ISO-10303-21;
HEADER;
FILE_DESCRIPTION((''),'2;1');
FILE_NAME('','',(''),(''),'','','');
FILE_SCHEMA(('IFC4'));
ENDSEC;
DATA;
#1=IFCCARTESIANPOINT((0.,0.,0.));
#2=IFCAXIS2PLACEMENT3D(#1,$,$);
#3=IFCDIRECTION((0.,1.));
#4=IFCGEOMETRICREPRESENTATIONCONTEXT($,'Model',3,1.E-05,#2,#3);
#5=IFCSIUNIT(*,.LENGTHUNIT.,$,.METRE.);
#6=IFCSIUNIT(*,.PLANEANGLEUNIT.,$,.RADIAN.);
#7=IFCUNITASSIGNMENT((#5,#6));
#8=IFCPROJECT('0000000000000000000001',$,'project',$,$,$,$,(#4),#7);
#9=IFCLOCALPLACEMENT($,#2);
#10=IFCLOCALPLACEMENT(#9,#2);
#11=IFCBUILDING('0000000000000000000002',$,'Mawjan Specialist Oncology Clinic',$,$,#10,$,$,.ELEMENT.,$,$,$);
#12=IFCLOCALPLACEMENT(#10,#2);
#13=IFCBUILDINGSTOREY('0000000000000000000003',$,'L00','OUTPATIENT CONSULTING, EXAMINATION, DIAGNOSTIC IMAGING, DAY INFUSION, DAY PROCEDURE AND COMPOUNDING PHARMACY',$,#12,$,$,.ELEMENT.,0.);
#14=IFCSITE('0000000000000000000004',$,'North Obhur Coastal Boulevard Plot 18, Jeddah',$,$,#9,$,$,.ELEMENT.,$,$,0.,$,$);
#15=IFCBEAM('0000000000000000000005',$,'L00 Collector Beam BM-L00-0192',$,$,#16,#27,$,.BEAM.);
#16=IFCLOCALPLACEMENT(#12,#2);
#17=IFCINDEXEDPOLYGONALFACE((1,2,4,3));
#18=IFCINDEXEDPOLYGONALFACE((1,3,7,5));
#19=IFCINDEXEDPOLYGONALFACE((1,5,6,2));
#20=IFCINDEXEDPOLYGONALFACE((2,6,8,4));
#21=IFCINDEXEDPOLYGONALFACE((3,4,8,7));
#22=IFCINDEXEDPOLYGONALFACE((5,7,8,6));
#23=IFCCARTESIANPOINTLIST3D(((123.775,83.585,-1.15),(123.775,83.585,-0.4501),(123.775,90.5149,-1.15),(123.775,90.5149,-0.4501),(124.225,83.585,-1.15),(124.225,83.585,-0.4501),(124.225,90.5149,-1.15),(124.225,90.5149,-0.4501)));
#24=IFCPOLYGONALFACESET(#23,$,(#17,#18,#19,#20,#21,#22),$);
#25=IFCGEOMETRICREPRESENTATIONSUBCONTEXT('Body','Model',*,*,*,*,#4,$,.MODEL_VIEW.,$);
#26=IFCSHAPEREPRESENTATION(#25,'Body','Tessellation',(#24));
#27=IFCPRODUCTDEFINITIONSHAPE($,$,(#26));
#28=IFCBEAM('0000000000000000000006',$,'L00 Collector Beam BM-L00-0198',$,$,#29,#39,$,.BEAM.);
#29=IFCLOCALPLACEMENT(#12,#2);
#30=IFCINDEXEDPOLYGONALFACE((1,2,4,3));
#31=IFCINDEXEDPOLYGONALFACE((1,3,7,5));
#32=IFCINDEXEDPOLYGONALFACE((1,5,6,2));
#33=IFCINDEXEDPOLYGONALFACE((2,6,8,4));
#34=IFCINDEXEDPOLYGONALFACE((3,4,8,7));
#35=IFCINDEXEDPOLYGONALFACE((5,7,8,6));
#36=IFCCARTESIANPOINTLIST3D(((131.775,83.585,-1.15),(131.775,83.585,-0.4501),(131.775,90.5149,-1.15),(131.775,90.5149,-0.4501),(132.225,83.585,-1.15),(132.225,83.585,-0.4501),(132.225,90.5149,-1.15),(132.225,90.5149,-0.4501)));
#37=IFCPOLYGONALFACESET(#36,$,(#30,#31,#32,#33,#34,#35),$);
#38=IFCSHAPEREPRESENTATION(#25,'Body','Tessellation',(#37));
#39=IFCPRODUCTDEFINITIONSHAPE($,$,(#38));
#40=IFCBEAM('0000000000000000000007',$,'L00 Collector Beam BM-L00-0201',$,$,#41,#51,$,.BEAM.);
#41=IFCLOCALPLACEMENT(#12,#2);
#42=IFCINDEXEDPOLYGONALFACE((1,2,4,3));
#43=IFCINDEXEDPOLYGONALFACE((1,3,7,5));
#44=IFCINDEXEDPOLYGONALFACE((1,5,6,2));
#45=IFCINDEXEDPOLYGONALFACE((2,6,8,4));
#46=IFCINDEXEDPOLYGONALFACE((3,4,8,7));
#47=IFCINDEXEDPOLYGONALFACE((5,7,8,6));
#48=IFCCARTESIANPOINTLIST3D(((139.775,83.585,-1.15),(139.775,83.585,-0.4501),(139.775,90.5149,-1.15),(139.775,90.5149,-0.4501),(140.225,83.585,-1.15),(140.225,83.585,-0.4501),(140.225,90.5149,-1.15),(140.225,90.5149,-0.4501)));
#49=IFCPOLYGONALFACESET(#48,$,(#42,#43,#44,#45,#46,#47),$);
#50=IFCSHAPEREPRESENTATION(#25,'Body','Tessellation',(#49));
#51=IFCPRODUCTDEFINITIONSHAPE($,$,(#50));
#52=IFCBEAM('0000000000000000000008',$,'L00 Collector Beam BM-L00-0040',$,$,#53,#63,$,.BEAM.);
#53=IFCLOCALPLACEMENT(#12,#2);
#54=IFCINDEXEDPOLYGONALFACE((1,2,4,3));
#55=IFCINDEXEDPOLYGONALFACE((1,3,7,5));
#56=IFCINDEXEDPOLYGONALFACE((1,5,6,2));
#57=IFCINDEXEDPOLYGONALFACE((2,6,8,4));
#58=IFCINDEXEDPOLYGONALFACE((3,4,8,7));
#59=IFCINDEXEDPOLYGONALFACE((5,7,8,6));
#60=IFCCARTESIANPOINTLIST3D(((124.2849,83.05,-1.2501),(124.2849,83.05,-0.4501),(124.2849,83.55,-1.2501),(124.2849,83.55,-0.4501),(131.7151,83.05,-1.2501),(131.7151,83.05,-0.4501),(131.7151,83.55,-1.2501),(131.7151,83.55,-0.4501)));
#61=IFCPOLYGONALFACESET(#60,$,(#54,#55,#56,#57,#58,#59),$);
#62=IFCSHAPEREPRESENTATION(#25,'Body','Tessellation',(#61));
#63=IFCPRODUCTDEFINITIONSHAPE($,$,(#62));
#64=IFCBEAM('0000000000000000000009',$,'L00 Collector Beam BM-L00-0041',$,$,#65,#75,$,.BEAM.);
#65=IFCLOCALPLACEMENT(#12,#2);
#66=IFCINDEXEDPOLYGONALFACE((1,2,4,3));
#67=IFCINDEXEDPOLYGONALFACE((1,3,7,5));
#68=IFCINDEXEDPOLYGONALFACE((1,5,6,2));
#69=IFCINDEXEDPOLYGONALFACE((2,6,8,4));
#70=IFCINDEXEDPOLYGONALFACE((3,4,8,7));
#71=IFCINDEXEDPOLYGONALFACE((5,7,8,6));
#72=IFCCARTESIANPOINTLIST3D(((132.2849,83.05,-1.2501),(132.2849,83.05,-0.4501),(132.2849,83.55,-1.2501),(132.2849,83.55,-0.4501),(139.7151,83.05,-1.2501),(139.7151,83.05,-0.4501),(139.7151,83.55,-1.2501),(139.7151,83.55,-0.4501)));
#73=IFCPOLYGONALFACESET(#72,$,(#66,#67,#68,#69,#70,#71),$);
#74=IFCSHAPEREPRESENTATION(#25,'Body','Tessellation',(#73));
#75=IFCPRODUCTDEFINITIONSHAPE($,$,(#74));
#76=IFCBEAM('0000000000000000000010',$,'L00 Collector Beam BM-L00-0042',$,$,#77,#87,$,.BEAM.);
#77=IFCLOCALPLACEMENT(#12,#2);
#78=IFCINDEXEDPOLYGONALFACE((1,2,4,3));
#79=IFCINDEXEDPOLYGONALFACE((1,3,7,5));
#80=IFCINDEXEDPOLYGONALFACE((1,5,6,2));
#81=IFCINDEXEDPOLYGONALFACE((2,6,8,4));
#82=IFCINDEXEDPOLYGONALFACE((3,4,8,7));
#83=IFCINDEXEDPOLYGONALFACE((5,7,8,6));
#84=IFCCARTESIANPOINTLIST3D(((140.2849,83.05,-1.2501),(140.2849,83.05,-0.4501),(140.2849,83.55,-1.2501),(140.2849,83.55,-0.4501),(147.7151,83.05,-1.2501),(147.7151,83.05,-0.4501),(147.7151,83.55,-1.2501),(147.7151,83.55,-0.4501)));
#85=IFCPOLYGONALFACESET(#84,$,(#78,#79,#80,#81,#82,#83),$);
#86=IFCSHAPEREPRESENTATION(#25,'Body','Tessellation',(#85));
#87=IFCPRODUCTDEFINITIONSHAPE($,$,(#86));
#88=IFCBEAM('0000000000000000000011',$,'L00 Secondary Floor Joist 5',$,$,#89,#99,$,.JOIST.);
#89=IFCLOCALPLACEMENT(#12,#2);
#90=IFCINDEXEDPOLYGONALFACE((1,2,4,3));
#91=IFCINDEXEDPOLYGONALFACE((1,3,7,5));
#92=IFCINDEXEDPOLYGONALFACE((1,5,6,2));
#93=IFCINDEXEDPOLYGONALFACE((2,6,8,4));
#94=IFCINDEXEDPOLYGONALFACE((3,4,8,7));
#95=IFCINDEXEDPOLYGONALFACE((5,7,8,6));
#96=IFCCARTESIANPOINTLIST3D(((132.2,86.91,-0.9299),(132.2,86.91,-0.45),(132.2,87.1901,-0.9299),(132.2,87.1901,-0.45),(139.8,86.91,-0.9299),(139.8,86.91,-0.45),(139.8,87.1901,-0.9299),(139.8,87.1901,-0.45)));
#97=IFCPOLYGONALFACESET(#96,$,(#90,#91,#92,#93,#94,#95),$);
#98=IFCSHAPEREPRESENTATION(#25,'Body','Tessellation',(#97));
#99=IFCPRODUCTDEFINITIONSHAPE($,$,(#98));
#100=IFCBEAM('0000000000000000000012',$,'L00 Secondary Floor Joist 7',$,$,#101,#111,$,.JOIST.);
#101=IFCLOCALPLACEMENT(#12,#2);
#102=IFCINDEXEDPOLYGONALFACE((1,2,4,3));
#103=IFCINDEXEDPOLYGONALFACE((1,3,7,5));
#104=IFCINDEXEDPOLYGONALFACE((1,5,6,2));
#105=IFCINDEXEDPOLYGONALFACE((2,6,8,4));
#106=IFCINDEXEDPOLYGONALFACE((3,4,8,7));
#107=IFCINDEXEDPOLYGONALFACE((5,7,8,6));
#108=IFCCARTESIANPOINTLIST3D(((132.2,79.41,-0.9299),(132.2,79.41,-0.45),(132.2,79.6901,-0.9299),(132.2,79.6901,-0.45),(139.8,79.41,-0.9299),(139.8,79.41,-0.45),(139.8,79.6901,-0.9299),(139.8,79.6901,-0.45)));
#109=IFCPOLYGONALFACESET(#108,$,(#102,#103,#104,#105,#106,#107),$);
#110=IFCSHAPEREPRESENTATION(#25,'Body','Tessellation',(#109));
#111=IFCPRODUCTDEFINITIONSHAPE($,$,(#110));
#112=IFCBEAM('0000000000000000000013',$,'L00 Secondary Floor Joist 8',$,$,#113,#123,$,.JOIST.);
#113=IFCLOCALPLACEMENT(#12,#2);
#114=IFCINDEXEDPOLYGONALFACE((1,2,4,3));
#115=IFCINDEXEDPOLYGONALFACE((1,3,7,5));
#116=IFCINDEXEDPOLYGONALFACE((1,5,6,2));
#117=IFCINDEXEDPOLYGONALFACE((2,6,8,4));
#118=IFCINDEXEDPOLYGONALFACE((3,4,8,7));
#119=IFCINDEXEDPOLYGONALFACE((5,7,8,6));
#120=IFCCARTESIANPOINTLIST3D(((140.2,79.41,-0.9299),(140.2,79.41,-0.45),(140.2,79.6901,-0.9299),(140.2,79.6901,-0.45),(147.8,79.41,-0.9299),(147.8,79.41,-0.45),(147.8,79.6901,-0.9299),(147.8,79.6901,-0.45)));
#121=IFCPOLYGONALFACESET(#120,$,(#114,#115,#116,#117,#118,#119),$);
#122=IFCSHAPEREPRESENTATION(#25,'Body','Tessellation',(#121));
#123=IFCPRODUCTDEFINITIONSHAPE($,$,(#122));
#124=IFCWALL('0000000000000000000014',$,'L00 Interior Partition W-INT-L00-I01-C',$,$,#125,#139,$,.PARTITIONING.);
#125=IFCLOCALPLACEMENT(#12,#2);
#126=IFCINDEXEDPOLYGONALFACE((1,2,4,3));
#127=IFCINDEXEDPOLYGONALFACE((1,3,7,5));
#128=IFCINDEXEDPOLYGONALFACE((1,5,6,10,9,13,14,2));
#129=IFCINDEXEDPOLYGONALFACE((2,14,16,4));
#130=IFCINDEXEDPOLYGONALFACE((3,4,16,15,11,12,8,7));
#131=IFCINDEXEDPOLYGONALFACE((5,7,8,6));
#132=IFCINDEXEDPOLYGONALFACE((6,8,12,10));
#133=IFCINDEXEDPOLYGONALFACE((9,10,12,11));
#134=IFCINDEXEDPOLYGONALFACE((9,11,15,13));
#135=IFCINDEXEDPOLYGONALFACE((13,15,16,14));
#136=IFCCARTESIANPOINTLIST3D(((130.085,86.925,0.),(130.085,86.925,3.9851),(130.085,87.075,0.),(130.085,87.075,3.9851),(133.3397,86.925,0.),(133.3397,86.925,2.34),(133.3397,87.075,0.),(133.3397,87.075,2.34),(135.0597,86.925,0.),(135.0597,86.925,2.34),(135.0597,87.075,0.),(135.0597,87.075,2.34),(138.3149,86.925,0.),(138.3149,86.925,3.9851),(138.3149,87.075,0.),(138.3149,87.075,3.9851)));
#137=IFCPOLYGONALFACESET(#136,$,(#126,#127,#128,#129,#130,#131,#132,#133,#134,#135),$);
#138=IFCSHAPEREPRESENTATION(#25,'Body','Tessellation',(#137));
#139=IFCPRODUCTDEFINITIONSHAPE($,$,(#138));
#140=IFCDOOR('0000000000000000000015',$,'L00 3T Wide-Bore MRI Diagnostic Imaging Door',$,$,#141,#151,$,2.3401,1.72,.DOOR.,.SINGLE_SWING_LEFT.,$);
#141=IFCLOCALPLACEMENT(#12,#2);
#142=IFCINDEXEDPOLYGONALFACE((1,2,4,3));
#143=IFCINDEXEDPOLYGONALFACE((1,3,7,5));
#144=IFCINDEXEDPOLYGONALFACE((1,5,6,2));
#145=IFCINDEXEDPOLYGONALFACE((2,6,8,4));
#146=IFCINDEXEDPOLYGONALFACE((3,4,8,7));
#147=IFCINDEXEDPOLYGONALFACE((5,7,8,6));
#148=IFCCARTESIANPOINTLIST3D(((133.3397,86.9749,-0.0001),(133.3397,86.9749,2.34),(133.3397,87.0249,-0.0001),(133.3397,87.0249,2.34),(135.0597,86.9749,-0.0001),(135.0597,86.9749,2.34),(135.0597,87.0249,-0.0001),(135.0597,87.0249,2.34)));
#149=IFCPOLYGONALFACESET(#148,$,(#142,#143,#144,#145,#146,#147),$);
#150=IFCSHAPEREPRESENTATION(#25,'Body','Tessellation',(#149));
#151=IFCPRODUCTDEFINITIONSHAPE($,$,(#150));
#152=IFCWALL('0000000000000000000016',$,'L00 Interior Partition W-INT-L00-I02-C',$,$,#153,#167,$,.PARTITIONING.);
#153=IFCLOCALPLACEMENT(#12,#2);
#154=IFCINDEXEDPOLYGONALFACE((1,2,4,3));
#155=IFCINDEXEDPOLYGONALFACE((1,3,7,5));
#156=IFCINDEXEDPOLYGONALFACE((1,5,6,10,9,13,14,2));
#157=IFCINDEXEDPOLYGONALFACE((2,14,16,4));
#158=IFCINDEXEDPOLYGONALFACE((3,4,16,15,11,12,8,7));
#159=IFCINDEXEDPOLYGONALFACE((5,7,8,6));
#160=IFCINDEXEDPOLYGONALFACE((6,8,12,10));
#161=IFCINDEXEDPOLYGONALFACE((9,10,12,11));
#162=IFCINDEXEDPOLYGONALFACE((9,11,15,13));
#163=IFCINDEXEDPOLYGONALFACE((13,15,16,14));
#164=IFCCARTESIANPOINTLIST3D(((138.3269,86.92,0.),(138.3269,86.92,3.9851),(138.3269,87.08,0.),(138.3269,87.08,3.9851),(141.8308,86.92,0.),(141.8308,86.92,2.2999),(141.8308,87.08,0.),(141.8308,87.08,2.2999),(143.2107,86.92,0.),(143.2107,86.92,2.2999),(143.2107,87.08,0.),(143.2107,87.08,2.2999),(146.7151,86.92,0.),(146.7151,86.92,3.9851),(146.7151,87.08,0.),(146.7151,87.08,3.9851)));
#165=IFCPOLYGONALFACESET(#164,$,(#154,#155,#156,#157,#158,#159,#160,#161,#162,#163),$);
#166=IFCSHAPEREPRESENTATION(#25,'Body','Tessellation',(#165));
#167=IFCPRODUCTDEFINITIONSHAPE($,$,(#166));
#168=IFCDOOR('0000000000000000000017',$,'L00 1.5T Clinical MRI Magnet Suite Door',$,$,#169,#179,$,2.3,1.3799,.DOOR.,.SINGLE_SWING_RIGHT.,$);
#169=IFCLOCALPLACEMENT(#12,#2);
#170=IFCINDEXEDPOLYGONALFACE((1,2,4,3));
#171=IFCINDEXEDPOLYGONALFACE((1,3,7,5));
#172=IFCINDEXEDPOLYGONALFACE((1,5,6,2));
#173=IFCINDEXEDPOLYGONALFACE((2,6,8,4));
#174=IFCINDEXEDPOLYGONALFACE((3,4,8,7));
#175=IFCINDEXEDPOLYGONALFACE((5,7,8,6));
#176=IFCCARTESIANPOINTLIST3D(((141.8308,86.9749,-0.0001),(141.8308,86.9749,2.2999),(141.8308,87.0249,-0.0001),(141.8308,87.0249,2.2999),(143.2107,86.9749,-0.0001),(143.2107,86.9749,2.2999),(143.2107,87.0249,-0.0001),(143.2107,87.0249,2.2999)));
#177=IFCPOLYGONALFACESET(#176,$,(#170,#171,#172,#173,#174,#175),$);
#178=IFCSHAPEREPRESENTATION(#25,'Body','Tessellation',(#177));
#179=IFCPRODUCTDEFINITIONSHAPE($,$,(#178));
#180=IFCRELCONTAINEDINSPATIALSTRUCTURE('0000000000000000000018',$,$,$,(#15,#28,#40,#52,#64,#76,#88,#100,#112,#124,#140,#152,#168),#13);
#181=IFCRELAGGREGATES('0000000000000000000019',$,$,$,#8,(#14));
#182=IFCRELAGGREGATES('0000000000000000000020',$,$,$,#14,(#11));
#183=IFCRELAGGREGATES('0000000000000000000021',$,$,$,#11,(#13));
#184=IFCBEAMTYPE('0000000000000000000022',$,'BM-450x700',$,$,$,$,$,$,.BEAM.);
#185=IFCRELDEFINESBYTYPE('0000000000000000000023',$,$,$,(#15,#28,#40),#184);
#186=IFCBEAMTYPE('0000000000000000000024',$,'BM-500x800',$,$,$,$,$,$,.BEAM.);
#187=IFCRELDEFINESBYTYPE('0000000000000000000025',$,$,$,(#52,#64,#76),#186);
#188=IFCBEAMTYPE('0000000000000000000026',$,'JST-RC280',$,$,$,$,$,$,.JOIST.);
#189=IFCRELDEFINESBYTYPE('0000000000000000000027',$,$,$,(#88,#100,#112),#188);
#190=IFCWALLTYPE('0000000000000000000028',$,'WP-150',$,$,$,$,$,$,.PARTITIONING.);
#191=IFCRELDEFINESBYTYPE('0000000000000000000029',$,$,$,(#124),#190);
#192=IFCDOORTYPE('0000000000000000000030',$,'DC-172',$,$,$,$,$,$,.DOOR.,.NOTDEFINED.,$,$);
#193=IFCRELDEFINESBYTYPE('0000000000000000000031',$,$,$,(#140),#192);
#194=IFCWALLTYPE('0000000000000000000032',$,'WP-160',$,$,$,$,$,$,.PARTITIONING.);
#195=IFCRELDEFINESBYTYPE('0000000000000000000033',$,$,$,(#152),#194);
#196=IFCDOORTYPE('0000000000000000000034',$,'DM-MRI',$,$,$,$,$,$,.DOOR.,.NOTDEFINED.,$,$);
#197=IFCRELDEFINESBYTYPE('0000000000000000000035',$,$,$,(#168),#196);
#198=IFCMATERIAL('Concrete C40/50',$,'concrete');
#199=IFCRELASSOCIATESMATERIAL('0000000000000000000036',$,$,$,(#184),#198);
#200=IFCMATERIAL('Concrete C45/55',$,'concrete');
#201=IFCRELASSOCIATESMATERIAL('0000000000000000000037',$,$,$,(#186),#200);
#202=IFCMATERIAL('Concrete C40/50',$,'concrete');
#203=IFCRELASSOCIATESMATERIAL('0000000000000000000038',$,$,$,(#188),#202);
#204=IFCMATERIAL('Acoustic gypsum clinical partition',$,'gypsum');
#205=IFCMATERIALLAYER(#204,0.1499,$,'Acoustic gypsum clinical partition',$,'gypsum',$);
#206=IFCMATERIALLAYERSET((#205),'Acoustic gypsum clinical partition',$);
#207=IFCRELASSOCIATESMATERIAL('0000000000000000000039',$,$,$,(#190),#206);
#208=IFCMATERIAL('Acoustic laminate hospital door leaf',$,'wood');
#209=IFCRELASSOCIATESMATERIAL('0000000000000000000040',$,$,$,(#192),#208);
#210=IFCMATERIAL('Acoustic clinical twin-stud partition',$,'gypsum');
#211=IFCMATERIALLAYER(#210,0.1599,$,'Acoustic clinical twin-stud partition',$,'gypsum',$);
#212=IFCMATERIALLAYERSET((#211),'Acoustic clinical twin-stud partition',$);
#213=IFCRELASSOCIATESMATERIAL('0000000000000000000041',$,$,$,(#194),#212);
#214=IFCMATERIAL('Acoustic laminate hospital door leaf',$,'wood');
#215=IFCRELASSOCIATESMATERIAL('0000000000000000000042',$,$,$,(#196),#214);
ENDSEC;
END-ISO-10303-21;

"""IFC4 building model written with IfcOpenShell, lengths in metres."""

from ifc_helpers import new_model, si_unit, direction, frame, frame_2d, origin, origin_2d, place, context, subcontext, project, spatial, rectangle, extrude, material, layer, layer_set, material_profile, profile_set, type_object, element, fill, save


model = new_model("IFC4")

# Units and contexts
model_context = context("Model", 3, precision=1e-05, world=origin(), true_north=direction((0.0, 1.0)))
body_context = subcontext(model_context, "Body", "Model", "MODEL_VIEW")
ifc_project = project(units=[si_unit("LENGTHUNIT", "METRE"), si_unit("PLANEANGLEUNIT", "RADIAN")], contexts=[model_context])

# Site, building, storey
site_placement = place(None, origin())
site = spatial("IfcSite", under=ifc_project, at=site_placement, Name="North Obhur Coastal Boulevard Plot 18, Jeddah", CompositionType="ELEMENT", RefElevation=0.0)
building_placement = place(site_placement, origin())
building = spatial("IfcBuilding", under=site, at=building_placement, Name="Mawjan Specialist Oncology Clinic", CompositionType="ELEMENT")
storey_placement = place(building_placement, origin())
storey = spatial("IfcBuildingStorey", under=building, at=storey_placement, Name="L00", Description="OUTPATIENT CONSULTING, EXAMINATION, DIAGNOSTIC IMAGING, DAY INFUSION, DAY PROCEDURE AND COMPOUNDING PHARMACY", CompositionType="ELEMENT", Elevation=0.0)

# Beams
ifc_material_1 = material(Name="Concrete C40/50", Category="concrete")
ifc_material_profile_1 = material_profile(ifc_material_1, rectangle(XDim=0.45, YDim=0.7, at=origin_2d()), Name="RC BM 450x700", Category="concrete")
ifc_profile_set_1 = profile_set([ifc_material_profile_1], Name="Concrete C40/50")
beam_type_1 = type_object("IfcBeamType", Name="BM-450x700", PredefinedType="BEAM", material=ifc_profile_set_1)
for number, where, z_axis, x_axis, name in (
    (1, (124.0, 83.585, -0.8), (0.0, 1.0, 0.0), (-1.0, 0.0, 0.0), "L00 Collector Beam BM-L00-0192"),
    (2, (132.0, 83.585, -0.8), (0.0, 1.0, 0.0), (-1.0, 0.0, 0.0), "L00 Collector Beam BM-L00-0198"),
    (3, (140.0, 83.585, -0.8), (0.0, 1.0, 0.0), (-1.0, 0.0, 0.0), "L00 Collector Beam BM-L00-0201"),
):
    element("IfcBeam", number, at=place(storey_placement, frame(where, z_axis=z_axis, x_axis=x_axis)), inside=storey, type_object=beam_type_1, Name=name, PredefinedType="BEAM", context=body_context, shape_type="SweptSolid", body=[
        extrude(rectangle(XDim=0.45, YDim=0.7, at=origin_2d()), origin(), (0.0, 0.0, 1.0), 6.9299),
    ])
ifc_material_2 = material(Name="Concrete C45/55", Category="concrete")
ifc_material_profile_2 = material_profile(ifc_material_2, rectangle(XDim=0.5, YDim=0.8, at=origin_2d()), Name="RC BM 500x800", Category="concrete")
ifc_profile_set_2 = profile_set([ifc_material_profile_2], Name="Concrete C45/55")
beam_type_2 = type_object("IfcBeamType", Name="BM-500x800", PredefinedType="BEAM", material=ifc_profile_set_2)
for number, where, z_axis, x_axis, name in (
    (4, (124.2849, 83.3, -0.8501), (1.0, 0.0, 0.0), (0.0, 1.0, 0.0), "L00 Collector Beam BM-L00-0040"),
    (5, (132.2849, 83.3, -0.8501), (1.0, 0.0, 0.0), (0.0, 1.0, 0.0), "L00 Collector Beam BM-L00-0041"),
    (6, (140.2849, 83.3, -0.8501), (1.0, 0.0, 0.0), (0.0, 1.0, 0.0), "L00 Collector Beam BM-L00-0042"),
):
    element("IfcBeam", number, at=place(storey_placement, frame(where, z_axis=z_axis, x_axis=x_axis)), inside=storey, type_object=beam_type_2, Name=name, PredefinedType="BEAM", context=body_context, shape_type="SweptSolid", body=[
        extrude(rectangle(XDim=0.5, YDim=0.8, at=origin_2d()), origin(), (0.0, 0.0, 1.0), 7.4302),
    ])
ifc_material_3 = material(Name="Concrete C40/50", Category="concrete")
ifc_material_profile_3 = material_profile(ifc_material_3, rectangle(XDim=0.28, YDim=0.48, at=origin_2d()), Name="RC JOIST 280x480", Category="concrete")
ifc_profile_set_3 = profile_set([ifc_material_profile_3], Name="Concrete C40/50")
beam_type_3 = type_object("IfcBeamType", Name="JST-RC280", PredefinedType="JOIST", material=ifc_profile_set_3)
for number, where, z_axis, x_axis, name in (
    (7, (132.2, 87.05, -0.6899), (1.0, 0.0, 0.0), (0.0, 1.0, 0.0), "L00 Secondary Floor Joist 5"),
    (8, (132.2, 79.55, -0.6899), (1.0, 0.0, 0.0), (0.0, 1.0, 0.0), "L00 Secondary Floor Joist 7"),
    (9, (140.2, 79.55, -0.6899), (1.0, 0.0, 0.0), (0.0, 1.0, 0.0), "L00 Secondary Floor Joist 8"),
):
    element("IfcBeam", number, at=place(storey_placement, frame(where, z_axis=z_axis, x_axis=x_axis)), inside=storey, type_object=beam_type_3, Name=name, PredefinedType="JOIST", context=body_context, shape_type="SweptSolid", body=[
        extrude(rectangle(XDim=0.28, YDim=0.48, at=origin_2d()), origin(), (0.0, 0.0, 1.0), 7.6001),
    ])

# Walls, openings, doors
ifc_material_4 = material(Name="Acoustic gypsum clinical partition", Category="gypsum")
ifc_layer_1 = layer(ifc_material_4, 0.1499, Name="Acoustic gypsum clinical partition", Category="gypsum")
ifc_layer_set_1 = layer_set([ifc_layer_1], Name="Acoustic gypsum clinical partition")
wall_type_1 = type_object("IfcWallType", Name="WP-150", PredefinedType="PARTITIONING", material=ifc_layer_set_1)
wall_1_placement = place(storey_placement, frame((130.085, 87.0, 0.0), z_axis=(0.0, 0.0, 1.0), x_axis=(1.0, 0.0, 0.0)))
wall_1 = element("IfcWall", 10, at=wall_1_placement, inside=storey, type_object=wall_type_1, Name="L00 Interior Partition W-INT-L00-I01-C", PredefinedType="PARTITIONING", context=body_context, shape_type="SweptSolid", body=[
    extrude(rectangle(XDim=8.23, YDim=0.1499, at=frame_2d((4.115, 0.0))), origin(), (0.0, 0.0, 1.0), 3.9851),
])
opening_1_placement = place(wall_1_placement, frame((3.2549, 0.0, 0.0)))
opening_1 = element("IfcOpeningElement", 11, at=opening_1_placement, cuts=wall_1, PredefinedType="OPENING", context=body_context, shape_type="SweptSolid", body=[
    extrude(rectangle(XDim=1.72, YDim=2.3401, at=frame_2d((0.8599, 1.1699))), frame((0.0, 0.0869, 0.0), z_axis=(0.0, -1.0, 0.0), x_axis=(1.0, 0.0, 0.0)), (0.0, 0.0, 1.0), 0.1738),
])
ifc_material_5 = material(Name="Acoustic laminate hospital door leaf", Category="wood")
door_type_1 = type_object("IfcDoorType", Name="DC-172", OperationType="NOTDEFINED", PredefinedType="DOOR", material=ifc_material_5)
door_1_placement = place(opening_1_placement, origin())
door_1 = element("IfcDoor", 12, at=door_1_placement, inside=storey, type_object=door_type_1, Name="L00 3T Wide-Bore MRI Diagnostic Imaging Door", OperationType="SINGLE_SWING_LEFT", OverallHeight=2.3401, OverallWidth=1.72, PredefinedType="DOOR", context=body_context, shape_type="SweptSolid", body=[
    extrude(rectangle(XDim=1.72, YDim=2.3401, at=frame_2d((0.8599, 1.1699))), frame((0.0, 0.0249, 0.0), z_axis=(0.0, -1.0, 0.0), x_axis=(1.0, 0.0, 0.0)), (0.0, 0.0, 1.0), 0.05),
])
fill(opening_1, door_1)
ifc_material_6 = material(Name="Acoustic clinical twin-stud partition", Category="gypsum")
ifc_layer_2 = layer(ifc_material_6, 0.1599, Name="Acoustic clinical twin-stud partition", Category="gypsum")
ifc_layer_set_2 = layer_set([ifc_layer_2], Name="Acoustic clinical twin-stud partition")
wall_type_2 = type_object("IfcWallType", Name="WP-160", PredefinedType="PARTITIONING", material=ifc_layer_set_2)
wall_2_placement = place(storey_placement, frame((138.3269, 87.0, 0.0), z_axis=(0.0, 0.0, 1.0), x_axis=(1.0, 0.0, 0.0)))
wall_2 = element("IfcWall", 13, at=wall_2_placement, inside=storey, type_object=wall_type_2, Name="L00 Interior Partition W-INT-L00-I02-C", PredefinedType="PARTITIONING", context=body_context, shape_type="SweptSolid", body=[
    extrude(rectangle(XDim=8.3882, YDim=0.1599, at=frame_2d((4.1941, 0.0))), origin(), (0.0, 0.0, 1.0), 3.9851),
])
opening_2_placement = place(wall_2_placement, frame((3.5039, 0.0, 0.0)))
opening_2 = element("IfcOpeningElement", 14, at=opening_2_placement, cuts=wall_2, PredefinedType="OPENING", context=body_context, shape_type="SweptSolid", body=[
    extrude(rectangle(XDim=1.3799, YDim=2.3, at=frame_2d((0.6899, 1.1499))), frame((0.0, 0.092, 0.0), z_axis=(0.0, -1.0, 0.0), x_axis=(1.0, 0.0, 0.0)), (0.0, 0.0, 1.0), 0.1838),
])
ifc_material_7 = material(Name="Acoustic laminate hospital door leaf", Category="wood")
door_type_2 = type_object("IfcDoorType", Name="DM-MRI", OperationType="NOTDEFINED", PredefinedType="DOOR", material=ifc_material_7)
door_2_placement = place(opening_2_placement, origin())
door_2 = element("IfcDoor", 15, at=door_2_placement, inside=storey, type_object=door_type_2, Name="L00 1.5T Clinical MRI Magnet Suite Door", OperationType="SINGLE_SWING_RIGHT", OverallHeight=2.3, OverallWidth=1.3799, PredefinedType="DOOR", context=body_context, shape_type="SweptSolid", body=[
    extrude(rectangle(XDim=1.3799, YDim=2.3, at=frame_2d((0.6899, 1.1499))), frame((0.0, 0.0249, 0.0), z_axis=(0.0, -1.0, 0.0), x_axis=(1.0, 0.0, 0.0)), (0.0, 0.0, 1.0), 0.05),
])
fill(opening_2, door_2)

save(model, "model.ifc")
